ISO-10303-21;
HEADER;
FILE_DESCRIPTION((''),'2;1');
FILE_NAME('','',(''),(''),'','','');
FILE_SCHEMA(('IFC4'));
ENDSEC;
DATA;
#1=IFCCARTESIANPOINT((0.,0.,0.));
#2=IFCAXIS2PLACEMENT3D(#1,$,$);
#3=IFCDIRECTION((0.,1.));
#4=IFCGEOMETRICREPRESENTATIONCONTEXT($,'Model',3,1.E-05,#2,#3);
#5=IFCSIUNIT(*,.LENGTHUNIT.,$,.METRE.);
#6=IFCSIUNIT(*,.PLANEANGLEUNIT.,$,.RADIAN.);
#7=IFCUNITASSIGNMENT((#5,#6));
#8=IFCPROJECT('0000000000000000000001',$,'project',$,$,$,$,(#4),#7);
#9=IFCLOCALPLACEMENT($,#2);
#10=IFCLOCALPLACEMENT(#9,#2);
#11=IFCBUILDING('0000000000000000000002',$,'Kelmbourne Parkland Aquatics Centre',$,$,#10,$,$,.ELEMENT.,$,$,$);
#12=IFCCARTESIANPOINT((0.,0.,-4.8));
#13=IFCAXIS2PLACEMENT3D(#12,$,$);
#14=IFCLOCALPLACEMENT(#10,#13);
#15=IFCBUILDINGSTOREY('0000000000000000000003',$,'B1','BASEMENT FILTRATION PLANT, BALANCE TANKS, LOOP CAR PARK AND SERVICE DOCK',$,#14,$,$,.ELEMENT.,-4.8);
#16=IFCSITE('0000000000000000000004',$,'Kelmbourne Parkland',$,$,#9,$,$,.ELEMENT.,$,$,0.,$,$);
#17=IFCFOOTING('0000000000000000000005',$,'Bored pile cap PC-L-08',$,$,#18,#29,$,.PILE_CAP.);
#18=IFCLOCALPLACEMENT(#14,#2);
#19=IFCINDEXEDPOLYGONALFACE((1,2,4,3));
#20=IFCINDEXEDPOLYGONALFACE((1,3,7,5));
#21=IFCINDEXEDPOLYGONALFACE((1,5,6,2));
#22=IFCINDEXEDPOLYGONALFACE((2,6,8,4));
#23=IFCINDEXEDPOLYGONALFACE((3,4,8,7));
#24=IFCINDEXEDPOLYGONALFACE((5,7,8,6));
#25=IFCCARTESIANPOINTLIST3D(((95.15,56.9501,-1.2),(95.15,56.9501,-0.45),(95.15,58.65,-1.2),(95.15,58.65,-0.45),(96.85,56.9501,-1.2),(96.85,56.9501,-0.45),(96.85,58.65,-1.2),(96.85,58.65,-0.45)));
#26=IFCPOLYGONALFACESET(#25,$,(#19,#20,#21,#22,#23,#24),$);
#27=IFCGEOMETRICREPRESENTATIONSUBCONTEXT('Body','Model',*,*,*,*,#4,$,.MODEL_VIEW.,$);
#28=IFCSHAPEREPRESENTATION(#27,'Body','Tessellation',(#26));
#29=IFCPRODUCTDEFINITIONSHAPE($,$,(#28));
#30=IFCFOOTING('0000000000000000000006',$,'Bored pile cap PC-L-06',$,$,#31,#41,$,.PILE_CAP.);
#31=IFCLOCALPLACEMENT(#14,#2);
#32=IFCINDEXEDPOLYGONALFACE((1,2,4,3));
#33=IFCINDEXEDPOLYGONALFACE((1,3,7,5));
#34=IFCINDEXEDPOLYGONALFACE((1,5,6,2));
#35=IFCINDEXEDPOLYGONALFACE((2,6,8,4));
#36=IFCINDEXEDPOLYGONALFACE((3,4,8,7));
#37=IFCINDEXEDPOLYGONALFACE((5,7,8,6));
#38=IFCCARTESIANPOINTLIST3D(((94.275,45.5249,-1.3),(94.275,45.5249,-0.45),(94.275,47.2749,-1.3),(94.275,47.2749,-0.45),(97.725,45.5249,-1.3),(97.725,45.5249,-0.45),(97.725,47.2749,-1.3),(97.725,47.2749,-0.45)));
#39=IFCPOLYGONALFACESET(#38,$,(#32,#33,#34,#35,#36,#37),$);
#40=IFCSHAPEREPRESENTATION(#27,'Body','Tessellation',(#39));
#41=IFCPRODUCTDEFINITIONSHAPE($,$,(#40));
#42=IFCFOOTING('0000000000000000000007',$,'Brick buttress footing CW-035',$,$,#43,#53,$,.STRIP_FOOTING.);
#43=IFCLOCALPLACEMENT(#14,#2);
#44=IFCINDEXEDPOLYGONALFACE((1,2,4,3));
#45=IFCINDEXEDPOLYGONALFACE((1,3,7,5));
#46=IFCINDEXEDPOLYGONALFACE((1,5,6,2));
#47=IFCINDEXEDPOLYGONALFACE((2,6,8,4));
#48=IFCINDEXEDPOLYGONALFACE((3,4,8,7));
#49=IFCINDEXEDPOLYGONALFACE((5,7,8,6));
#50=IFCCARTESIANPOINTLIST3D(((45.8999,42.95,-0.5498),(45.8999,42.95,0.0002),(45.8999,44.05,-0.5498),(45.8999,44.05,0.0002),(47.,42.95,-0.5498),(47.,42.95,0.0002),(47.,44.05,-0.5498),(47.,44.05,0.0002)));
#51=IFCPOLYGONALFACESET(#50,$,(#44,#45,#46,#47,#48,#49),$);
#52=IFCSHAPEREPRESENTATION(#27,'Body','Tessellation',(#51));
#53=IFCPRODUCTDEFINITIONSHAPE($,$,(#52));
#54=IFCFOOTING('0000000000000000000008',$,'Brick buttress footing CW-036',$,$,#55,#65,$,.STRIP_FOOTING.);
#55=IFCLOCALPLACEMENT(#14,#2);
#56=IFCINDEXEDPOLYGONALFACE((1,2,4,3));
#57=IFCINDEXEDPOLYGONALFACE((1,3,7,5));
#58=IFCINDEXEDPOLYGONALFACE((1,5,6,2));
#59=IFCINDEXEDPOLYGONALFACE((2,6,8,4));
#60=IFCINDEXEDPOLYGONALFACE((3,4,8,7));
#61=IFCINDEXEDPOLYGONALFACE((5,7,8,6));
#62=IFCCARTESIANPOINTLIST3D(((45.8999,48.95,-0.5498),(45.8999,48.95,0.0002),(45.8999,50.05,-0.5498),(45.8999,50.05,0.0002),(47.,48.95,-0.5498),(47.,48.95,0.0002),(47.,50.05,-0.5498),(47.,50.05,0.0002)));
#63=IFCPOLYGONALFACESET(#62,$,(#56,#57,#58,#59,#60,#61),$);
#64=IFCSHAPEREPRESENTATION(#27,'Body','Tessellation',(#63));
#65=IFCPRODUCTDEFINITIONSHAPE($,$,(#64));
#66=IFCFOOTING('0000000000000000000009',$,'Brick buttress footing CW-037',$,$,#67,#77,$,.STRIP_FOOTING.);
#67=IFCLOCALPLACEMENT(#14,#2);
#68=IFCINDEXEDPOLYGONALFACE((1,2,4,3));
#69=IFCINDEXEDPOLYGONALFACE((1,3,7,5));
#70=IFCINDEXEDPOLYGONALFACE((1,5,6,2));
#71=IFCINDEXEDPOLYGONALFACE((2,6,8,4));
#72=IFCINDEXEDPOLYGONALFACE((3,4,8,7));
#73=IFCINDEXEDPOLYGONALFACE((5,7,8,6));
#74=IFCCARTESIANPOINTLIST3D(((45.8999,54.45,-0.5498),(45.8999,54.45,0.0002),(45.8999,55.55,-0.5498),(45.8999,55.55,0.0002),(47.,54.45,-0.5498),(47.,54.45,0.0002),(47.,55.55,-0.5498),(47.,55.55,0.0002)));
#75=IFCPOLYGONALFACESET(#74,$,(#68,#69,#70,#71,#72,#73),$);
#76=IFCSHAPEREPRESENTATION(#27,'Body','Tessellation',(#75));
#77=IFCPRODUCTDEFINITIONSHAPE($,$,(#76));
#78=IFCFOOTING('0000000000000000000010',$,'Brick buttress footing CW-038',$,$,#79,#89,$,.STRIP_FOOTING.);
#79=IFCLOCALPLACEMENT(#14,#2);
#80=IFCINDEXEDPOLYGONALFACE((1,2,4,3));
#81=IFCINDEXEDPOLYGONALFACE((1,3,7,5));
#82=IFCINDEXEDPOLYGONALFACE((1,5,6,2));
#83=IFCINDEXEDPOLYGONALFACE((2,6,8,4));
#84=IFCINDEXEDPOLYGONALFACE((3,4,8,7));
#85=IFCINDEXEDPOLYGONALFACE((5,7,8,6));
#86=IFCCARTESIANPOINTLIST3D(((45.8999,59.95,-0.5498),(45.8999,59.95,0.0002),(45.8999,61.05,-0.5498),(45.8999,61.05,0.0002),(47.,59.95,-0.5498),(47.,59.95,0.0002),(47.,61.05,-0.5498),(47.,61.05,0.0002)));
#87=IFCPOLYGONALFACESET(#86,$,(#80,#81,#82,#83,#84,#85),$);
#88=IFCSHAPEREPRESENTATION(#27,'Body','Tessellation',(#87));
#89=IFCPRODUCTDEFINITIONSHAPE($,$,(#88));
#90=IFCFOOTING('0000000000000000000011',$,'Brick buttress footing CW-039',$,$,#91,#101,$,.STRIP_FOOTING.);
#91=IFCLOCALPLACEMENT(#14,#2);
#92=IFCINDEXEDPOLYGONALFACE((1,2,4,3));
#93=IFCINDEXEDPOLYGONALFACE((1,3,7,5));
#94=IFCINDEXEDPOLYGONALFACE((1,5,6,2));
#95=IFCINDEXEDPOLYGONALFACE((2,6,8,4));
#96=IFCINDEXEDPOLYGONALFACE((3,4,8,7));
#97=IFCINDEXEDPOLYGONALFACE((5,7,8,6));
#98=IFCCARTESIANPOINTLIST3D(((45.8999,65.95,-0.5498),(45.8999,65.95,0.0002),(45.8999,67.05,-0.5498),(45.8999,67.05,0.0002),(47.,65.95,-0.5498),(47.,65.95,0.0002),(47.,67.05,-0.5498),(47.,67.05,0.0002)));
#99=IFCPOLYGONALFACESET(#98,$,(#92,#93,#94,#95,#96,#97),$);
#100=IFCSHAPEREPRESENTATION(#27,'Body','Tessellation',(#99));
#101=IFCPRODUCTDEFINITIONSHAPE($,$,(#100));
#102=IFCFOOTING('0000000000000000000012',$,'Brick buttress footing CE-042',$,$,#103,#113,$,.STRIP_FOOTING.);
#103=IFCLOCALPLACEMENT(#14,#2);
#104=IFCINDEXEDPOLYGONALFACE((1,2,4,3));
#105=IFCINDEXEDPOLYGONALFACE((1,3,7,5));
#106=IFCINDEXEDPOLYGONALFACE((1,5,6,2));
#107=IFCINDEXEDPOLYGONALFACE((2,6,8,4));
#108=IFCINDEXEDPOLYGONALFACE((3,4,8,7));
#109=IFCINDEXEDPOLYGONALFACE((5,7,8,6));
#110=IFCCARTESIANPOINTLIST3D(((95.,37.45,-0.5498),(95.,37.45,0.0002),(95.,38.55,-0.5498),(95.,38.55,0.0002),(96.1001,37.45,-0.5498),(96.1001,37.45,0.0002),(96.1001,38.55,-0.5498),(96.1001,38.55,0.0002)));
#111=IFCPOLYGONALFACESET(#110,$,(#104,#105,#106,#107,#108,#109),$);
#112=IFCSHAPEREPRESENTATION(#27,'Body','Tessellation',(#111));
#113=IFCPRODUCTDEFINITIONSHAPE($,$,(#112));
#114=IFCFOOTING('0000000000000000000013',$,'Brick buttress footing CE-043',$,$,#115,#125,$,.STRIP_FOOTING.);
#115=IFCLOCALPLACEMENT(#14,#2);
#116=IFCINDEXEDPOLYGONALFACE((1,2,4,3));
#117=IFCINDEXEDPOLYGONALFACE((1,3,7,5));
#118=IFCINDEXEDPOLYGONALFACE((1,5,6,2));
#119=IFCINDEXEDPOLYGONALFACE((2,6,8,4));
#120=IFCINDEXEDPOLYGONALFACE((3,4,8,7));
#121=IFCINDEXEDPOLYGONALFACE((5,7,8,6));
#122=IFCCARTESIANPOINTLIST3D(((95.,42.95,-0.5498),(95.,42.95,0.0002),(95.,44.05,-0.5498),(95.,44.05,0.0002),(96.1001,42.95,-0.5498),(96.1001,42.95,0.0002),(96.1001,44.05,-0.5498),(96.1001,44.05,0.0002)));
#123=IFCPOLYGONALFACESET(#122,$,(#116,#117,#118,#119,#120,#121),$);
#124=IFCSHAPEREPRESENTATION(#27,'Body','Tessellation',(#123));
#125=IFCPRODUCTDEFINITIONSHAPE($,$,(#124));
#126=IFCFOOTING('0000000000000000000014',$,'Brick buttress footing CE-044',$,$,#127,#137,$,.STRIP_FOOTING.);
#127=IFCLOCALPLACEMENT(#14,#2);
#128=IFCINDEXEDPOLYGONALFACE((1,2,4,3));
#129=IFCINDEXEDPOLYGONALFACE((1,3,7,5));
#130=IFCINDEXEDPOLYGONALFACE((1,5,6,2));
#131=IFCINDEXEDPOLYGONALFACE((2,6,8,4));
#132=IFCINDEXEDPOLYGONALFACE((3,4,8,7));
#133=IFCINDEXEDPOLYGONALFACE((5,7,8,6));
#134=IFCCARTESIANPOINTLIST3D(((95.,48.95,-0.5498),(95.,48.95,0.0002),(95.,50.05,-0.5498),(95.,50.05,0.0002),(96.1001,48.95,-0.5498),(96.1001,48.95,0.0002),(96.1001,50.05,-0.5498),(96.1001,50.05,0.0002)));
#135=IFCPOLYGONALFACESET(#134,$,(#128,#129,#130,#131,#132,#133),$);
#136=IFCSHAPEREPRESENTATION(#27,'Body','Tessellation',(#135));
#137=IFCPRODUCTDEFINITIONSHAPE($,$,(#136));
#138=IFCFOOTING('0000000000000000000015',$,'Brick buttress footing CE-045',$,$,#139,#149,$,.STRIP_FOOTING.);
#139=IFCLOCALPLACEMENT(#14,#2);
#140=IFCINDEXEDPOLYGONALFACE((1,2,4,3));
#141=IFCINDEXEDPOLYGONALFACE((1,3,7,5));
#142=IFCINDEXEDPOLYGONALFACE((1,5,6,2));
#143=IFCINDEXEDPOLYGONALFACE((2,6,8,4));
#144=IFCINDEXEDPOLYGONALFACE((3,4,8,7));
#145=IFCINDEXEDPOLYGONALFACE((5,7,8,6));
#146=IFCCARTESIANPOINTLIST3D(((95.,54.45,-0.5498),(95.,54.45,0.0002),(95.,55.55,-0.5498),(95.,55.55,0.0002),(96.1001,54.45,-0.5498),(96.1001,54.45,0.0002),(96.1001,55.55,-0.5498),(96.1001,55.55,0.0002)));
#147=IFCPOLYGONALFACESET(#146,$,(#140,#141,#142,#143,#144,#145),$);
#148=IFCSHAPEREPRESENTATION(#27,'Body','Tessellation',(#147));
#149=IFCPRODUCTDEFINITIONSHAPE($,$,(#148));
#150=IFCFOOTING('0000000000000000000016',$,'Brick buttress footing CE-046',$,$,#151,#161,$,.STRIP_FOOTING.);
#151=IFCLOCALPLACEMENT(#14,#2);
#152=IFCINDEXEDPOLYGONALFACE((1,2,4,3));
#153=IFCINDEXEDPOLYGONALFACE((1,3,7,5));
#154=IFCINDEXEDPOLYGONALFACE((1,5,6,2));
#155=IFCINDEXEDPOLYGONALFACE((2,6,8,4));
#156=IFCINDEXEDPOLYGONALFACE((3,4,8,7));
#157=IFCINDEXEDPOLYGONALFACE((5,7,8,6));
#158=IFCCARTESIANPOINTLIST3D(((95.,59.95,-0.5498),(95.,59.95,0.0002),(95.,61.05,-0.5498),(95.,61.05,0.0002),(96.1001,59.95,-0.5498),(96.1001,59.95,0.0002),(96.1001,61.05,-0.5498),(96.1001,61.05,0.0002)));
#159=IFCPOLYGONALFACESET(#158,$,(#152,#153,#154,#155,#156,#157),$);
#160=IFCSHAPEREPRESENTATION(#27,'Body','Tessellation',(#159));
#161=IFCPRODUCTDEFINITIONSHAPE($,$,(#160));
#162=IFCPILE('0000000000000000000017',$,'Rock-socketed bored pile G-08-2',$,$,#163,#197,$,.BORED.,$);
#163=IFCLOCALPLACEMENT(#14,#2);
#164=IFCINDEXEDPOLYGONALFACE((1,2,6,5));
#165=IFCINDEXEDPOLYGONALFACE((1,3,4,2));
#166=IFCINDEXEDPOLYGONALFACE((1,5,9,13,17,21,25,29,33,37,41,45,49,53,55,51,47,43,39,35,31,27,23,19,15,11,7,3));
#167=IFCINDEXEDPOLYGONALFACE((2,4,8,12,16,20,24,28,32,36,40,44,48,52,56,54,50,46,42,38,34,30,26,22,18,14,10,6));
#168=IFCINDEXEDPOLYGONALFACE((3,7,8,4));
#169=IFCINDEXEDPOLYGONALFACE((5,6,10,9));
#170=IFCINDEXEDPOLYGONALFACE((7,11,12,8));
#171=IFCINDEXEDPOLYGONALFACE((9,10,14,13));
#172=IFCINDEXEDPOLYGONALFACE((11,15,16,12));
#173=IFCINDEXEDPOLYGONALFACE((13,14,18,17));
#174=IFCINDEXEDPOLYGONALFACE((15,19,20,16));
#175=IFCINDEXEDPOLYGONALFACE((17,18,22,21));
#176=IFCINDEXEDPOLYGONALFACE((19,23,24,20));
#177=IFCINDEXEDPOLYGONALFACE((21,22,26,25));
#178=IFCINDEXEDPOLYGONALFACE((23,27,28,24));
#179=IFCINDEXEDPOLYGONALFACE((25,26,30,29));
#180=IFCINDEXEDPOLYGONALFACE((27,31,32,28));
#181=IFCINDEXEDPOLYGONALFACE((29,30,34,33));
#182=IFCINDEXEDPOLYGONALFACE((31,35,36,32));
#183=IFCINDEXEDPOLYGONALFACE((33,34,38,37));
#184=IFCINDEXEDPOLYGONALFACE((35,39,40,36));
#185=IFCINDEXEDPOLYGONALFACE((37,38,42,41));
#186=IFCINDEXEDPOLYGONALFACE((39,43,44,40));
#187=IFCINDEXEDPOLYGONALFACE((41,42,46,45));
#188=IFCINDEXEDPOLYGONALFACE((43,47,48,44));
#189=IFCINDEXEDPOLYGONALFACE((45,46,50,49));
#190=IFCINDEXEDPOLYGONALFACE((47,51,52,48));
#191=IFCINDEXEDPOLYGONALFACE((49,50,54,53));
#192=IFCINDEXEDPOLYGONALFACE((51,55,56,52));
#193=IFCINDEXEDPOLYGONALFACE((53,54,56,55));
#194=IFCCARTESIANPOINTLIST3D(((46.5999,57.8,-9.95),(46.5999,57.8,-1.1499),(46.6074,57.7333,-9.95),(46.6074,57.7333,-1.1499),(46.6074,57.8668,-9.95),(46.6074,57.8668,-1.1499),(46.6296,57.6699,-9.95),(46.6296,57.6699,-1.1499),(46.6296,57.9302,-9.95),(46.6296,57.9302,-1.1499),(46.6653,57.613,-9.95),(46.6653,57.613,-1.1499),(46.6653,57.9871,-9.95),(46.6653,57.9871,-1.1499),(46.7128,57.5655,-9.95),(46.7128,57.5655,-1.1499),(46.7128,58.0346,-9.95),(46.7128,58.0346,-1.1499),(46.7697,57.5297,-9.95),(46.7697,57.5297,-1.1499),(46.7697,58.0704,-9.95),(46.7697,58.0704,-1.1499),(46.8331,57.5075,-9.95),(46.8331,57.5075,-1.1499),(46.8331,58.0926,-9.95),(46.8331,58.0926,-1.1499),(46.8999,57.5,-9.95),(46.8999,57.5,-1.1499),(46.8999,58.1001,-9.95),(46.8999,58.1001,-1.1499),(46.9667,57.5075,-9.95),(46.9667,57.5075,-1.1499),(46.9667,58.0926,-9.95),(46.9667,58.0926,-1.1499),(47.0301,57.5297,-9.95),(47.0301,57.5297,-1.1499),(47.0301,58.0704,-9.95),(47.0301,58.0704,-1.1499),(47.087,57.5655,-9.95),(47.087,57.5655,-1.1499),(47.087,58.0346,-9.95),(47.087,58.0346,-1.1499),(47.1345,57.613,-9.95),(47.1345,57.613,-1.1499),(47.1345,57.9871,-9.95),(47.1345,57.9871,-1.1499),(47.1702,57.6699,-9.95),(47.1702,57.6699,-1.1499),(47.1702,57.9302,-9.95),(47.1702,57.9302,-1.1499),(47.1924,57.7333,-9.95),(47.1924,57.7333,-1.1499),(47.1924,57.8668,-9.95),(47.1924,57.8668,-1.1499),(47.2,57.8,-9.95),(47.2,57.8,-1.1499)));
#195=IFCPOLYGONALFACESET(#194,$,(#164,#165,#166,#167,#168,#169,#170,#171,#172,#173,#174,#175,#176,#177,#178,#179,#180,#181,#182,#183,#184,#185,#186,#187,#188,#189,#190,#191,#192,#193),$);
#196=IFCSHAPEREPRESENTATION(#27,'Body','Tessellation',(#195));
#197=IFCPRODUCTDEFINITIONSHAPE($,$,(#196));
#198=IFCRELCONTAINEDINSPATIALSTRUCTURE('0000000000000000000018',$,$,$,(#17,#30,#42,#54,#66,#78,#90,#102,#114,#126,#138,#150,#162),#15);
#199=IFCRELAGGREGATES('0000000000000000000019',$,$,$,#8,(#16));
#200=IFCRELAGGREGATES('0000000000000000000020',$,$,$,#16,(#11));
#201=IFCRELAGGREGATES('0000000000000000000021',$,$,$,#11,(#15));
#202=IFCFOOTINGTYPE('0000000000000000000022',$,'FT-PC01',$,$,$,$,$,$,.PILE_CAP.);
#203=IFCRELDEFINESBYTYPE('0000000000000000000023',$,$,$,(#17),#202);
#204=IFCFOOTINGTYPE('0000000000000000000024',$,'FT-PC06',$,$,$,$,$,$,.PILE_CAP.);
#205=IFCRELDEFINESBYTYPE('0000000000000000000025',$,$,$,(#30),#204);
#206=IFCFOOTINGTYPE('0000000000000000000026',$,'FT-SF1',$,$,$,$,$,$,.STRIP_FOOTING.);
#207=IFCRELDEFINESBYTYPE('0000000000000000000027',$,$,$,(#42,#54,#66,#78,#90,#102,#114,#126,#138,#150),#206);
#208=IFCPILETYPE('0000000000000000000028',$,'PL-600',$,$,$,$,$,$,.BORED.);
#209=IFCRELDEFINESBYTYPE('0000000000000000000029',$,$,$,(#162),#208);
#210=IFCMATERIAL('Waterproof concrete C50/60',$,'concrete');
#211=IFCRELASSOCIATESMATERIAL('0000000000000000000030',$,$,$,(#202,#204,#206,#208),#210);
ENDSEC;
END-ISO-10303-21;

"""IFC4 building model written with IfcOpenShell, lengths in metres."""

from ifc_helpers import new_model, si_unit, direction, frame, origin, origin_2d, place, context, subcontext, project, spatial, rectangle, circle, extrude, material, material_profile, profile_set, type_object, element, save


model = new_model("IFC4")

# Units and contexts
model_context = context("Model", 3, precision=1e-05, world=origin(), true_north=direction((0.0, 1.0)))
body_context = subcontext(model_context, "Body", "Model", "MODEL_VIEW")
ifc_project = project(units=[si_unit("LENGTHUNIT", "METRE"), si_unit("PLANEANGLEUNIT", "RADIAN")], contexts=[model_context])

# Site, building, storey
site_placement = place(None, origin())
site = spatial("IfcSite", under=ifc_project, at=site_placement, Name="Kelmbourne Parkland", CompositionType="ELEMENT", RefElevation=0.0)
building_placement = place(site_placement, origin())
building = spatial("IfcBuilding", under=site, at=building_placement, Name="Kelmbourne Parkland Aquatics Centre", CompositionType="ELEMENT")
storey_placement = place(building_placement, frame((0.0, 0.0, -4.8)))
storey = spatial("IfcBuildingStorey", under=building, at=storey_placement, Name="B1", Description="BASEMENT FILTRATION PLANT, BALANCE TANKS, LOOP CAR PARK AND SERVICE DOCK", CompositionType="ELEMENT", Elevation=-4.8)

# Footings
ifc_material_1 = material(Name="Waterproof concrete C50/60", Category="concrete")
footing_type_1 = type_object("IfcFootingType", Name="FT-PC01", PredefinedType="PILE_CAP", material=ifc_material_1)
footing_1_placement = place(storey_placement, frame((96.0, 57.8, -1.2), z_axis=(0.0, 0.0, 1.0), x_axis=(1.0, 0.0, 0.0)))
element("IfcFooting", 1, at=footing_1_placement, inside=storey, type_object=footing_type_1, Name="Bored pile cap PC-L-08", PredefinedType="PILE_CAP", context=body_context, shape_type="SweptSolid", body=[
    extrude(rectangle(XDim=1.7, YDim=1.7, at=origin_2d()), origin(), (0.0, 0.0, 1.0), 0.75),
])
footing_type_2 = type_object("IfcFootingType", Name="FT-PC06", PredefinedType="PILE_CAP", material=ifc_material_1)
footing_2_placement = place(storey_placement, frame((96.0, 46.3999, -1.3), z_axis=(0.0, 0.0, 1.0), x_axis=(1.0, 0.0, 0.0)))
element("IfcFooting", 2, at=footing_2_placement, inside=storey, type_object=footing_type_2, Name="Bored pile cap PC-L-06", PredefinedType="PILE_CAP", context=body_context, shape_type="SweptSolid", body=[
    extrude(rectangle(XDim=3.45, YDim=1.75, at=origin_2d()), origin(), (0.0, 0.0, 1.0), 0.8501),
])
footing_type_3 = type_object("IfcFootingType", Name="FT-SF1", PredefinedType="STRIP_FOOTING", material=ifc_material_1)
for number, where, z_axis, x_axis, name in (
    (3, (46.45, 43.5, -0.5498), (0.0, 0.0, 1.0), (1.0, 0.0, 0.0), "Brick buttress footing CW-035"),
    (4, (46.45, 49.5, -0.5498), (0.0, 0.0, 1.0), (1.0, 0.0, 0.0), "Brick buttress footing CW-036"),
    (5, (46.45, 55.0, -0.5498), (0.0, 0.0, 1.0), (1.0, 0.0, 0.0), "Brick buttress footing CW-037"),
    (6, (46.45, 60.5, -0.5498), (0.0, 0.0, 1.0), (1.0, 0.0, 0.0), "Brick buttress footing CW-038"),
    (7, (46.45, 66.5, -0.5498), (0.0, 0.0, 1.0), (1.0, 0.0, 0.0), "Brick buttress footing CW-039"),
    (8, (95.55, 38.0, -0.5498), (0.0, 0.0, 1.0), (1.0, 0.0, 0.0), "Brick buttress footing CE-042"),
    (9, (95.55, 43.5, -0.5498), (0.0, 0.0, 1.0), (1.0, 0.0, 0.0), "Brick buttress footing CE-043"),
    (10, (95.55, 49.5, -0.5498), (0.0, 0.0, 1.0), (1.0, 0.0, 0.0), "Brick buttress footing CE-044"),
    (11, (95.55, 55.0, -0.5498), (0.0, 0.0, 1.0), (1.0, 0.0, 0.0), "Brick buttress footing CE-045"),
    (12, (95.55, 60.5, -0.5498), (0.0, 0.0, 1.0), (1.0, 0.0, 0.0), "Brick buttress footing CE-046"),
):
    element("IfcFooting", number, at=place(storey_placement, frame(where, z_axis=z_axis, x_axis=x_axis)), inside=storey, type_object=footing_type_3, Name=name, PredefinedType="STRIP_FOOTING", context=body_context, shape_type="SweptSolid", body=[
        extrude(rectangle(XDim=1.1001, YDim=1.1001, at=origin_2d()), origin(), (0.0, 0.0, 1.0), 0.55),
    ])

# Pile
ifc_material_profile_1 = material_profile(ifc_material_1, circle(Radius=0.3, at=origin_2d()), Name="PILE D600")
ifc_profile_set_1 = profile_set([ifc_material_profile_1], Name="Waterproof concrete C50/60")
pile_type_1 = type_object("IfcPileType", Name="PL-600", PredefinedType="BORED", material=ifc_profile_set_1)
for number, where, z_axis, x_axis, name in (
    (13, (46.8999, 57.8, -1.1499), (0.0, 0.0, -1.0), (1.0, 0.0, 0.0), "Rock-socketed bored pile G-08-2"),
):
    element("IfcPile", number, at=place(storey_placement, frame(where, z_axis=z_axis, x_axis=x_axis)), inside=storey, type_object=pile_type_1, Name=name, PredefinedType="BORED", context=body_context, shape_type="SweptSolid", body=[
        extrude(circle(Radius=0.3, at=origin_2d()), origin(), (0.0, 0.0, 1.0), 8.8),
    ])

save(model, "model.ifc")
